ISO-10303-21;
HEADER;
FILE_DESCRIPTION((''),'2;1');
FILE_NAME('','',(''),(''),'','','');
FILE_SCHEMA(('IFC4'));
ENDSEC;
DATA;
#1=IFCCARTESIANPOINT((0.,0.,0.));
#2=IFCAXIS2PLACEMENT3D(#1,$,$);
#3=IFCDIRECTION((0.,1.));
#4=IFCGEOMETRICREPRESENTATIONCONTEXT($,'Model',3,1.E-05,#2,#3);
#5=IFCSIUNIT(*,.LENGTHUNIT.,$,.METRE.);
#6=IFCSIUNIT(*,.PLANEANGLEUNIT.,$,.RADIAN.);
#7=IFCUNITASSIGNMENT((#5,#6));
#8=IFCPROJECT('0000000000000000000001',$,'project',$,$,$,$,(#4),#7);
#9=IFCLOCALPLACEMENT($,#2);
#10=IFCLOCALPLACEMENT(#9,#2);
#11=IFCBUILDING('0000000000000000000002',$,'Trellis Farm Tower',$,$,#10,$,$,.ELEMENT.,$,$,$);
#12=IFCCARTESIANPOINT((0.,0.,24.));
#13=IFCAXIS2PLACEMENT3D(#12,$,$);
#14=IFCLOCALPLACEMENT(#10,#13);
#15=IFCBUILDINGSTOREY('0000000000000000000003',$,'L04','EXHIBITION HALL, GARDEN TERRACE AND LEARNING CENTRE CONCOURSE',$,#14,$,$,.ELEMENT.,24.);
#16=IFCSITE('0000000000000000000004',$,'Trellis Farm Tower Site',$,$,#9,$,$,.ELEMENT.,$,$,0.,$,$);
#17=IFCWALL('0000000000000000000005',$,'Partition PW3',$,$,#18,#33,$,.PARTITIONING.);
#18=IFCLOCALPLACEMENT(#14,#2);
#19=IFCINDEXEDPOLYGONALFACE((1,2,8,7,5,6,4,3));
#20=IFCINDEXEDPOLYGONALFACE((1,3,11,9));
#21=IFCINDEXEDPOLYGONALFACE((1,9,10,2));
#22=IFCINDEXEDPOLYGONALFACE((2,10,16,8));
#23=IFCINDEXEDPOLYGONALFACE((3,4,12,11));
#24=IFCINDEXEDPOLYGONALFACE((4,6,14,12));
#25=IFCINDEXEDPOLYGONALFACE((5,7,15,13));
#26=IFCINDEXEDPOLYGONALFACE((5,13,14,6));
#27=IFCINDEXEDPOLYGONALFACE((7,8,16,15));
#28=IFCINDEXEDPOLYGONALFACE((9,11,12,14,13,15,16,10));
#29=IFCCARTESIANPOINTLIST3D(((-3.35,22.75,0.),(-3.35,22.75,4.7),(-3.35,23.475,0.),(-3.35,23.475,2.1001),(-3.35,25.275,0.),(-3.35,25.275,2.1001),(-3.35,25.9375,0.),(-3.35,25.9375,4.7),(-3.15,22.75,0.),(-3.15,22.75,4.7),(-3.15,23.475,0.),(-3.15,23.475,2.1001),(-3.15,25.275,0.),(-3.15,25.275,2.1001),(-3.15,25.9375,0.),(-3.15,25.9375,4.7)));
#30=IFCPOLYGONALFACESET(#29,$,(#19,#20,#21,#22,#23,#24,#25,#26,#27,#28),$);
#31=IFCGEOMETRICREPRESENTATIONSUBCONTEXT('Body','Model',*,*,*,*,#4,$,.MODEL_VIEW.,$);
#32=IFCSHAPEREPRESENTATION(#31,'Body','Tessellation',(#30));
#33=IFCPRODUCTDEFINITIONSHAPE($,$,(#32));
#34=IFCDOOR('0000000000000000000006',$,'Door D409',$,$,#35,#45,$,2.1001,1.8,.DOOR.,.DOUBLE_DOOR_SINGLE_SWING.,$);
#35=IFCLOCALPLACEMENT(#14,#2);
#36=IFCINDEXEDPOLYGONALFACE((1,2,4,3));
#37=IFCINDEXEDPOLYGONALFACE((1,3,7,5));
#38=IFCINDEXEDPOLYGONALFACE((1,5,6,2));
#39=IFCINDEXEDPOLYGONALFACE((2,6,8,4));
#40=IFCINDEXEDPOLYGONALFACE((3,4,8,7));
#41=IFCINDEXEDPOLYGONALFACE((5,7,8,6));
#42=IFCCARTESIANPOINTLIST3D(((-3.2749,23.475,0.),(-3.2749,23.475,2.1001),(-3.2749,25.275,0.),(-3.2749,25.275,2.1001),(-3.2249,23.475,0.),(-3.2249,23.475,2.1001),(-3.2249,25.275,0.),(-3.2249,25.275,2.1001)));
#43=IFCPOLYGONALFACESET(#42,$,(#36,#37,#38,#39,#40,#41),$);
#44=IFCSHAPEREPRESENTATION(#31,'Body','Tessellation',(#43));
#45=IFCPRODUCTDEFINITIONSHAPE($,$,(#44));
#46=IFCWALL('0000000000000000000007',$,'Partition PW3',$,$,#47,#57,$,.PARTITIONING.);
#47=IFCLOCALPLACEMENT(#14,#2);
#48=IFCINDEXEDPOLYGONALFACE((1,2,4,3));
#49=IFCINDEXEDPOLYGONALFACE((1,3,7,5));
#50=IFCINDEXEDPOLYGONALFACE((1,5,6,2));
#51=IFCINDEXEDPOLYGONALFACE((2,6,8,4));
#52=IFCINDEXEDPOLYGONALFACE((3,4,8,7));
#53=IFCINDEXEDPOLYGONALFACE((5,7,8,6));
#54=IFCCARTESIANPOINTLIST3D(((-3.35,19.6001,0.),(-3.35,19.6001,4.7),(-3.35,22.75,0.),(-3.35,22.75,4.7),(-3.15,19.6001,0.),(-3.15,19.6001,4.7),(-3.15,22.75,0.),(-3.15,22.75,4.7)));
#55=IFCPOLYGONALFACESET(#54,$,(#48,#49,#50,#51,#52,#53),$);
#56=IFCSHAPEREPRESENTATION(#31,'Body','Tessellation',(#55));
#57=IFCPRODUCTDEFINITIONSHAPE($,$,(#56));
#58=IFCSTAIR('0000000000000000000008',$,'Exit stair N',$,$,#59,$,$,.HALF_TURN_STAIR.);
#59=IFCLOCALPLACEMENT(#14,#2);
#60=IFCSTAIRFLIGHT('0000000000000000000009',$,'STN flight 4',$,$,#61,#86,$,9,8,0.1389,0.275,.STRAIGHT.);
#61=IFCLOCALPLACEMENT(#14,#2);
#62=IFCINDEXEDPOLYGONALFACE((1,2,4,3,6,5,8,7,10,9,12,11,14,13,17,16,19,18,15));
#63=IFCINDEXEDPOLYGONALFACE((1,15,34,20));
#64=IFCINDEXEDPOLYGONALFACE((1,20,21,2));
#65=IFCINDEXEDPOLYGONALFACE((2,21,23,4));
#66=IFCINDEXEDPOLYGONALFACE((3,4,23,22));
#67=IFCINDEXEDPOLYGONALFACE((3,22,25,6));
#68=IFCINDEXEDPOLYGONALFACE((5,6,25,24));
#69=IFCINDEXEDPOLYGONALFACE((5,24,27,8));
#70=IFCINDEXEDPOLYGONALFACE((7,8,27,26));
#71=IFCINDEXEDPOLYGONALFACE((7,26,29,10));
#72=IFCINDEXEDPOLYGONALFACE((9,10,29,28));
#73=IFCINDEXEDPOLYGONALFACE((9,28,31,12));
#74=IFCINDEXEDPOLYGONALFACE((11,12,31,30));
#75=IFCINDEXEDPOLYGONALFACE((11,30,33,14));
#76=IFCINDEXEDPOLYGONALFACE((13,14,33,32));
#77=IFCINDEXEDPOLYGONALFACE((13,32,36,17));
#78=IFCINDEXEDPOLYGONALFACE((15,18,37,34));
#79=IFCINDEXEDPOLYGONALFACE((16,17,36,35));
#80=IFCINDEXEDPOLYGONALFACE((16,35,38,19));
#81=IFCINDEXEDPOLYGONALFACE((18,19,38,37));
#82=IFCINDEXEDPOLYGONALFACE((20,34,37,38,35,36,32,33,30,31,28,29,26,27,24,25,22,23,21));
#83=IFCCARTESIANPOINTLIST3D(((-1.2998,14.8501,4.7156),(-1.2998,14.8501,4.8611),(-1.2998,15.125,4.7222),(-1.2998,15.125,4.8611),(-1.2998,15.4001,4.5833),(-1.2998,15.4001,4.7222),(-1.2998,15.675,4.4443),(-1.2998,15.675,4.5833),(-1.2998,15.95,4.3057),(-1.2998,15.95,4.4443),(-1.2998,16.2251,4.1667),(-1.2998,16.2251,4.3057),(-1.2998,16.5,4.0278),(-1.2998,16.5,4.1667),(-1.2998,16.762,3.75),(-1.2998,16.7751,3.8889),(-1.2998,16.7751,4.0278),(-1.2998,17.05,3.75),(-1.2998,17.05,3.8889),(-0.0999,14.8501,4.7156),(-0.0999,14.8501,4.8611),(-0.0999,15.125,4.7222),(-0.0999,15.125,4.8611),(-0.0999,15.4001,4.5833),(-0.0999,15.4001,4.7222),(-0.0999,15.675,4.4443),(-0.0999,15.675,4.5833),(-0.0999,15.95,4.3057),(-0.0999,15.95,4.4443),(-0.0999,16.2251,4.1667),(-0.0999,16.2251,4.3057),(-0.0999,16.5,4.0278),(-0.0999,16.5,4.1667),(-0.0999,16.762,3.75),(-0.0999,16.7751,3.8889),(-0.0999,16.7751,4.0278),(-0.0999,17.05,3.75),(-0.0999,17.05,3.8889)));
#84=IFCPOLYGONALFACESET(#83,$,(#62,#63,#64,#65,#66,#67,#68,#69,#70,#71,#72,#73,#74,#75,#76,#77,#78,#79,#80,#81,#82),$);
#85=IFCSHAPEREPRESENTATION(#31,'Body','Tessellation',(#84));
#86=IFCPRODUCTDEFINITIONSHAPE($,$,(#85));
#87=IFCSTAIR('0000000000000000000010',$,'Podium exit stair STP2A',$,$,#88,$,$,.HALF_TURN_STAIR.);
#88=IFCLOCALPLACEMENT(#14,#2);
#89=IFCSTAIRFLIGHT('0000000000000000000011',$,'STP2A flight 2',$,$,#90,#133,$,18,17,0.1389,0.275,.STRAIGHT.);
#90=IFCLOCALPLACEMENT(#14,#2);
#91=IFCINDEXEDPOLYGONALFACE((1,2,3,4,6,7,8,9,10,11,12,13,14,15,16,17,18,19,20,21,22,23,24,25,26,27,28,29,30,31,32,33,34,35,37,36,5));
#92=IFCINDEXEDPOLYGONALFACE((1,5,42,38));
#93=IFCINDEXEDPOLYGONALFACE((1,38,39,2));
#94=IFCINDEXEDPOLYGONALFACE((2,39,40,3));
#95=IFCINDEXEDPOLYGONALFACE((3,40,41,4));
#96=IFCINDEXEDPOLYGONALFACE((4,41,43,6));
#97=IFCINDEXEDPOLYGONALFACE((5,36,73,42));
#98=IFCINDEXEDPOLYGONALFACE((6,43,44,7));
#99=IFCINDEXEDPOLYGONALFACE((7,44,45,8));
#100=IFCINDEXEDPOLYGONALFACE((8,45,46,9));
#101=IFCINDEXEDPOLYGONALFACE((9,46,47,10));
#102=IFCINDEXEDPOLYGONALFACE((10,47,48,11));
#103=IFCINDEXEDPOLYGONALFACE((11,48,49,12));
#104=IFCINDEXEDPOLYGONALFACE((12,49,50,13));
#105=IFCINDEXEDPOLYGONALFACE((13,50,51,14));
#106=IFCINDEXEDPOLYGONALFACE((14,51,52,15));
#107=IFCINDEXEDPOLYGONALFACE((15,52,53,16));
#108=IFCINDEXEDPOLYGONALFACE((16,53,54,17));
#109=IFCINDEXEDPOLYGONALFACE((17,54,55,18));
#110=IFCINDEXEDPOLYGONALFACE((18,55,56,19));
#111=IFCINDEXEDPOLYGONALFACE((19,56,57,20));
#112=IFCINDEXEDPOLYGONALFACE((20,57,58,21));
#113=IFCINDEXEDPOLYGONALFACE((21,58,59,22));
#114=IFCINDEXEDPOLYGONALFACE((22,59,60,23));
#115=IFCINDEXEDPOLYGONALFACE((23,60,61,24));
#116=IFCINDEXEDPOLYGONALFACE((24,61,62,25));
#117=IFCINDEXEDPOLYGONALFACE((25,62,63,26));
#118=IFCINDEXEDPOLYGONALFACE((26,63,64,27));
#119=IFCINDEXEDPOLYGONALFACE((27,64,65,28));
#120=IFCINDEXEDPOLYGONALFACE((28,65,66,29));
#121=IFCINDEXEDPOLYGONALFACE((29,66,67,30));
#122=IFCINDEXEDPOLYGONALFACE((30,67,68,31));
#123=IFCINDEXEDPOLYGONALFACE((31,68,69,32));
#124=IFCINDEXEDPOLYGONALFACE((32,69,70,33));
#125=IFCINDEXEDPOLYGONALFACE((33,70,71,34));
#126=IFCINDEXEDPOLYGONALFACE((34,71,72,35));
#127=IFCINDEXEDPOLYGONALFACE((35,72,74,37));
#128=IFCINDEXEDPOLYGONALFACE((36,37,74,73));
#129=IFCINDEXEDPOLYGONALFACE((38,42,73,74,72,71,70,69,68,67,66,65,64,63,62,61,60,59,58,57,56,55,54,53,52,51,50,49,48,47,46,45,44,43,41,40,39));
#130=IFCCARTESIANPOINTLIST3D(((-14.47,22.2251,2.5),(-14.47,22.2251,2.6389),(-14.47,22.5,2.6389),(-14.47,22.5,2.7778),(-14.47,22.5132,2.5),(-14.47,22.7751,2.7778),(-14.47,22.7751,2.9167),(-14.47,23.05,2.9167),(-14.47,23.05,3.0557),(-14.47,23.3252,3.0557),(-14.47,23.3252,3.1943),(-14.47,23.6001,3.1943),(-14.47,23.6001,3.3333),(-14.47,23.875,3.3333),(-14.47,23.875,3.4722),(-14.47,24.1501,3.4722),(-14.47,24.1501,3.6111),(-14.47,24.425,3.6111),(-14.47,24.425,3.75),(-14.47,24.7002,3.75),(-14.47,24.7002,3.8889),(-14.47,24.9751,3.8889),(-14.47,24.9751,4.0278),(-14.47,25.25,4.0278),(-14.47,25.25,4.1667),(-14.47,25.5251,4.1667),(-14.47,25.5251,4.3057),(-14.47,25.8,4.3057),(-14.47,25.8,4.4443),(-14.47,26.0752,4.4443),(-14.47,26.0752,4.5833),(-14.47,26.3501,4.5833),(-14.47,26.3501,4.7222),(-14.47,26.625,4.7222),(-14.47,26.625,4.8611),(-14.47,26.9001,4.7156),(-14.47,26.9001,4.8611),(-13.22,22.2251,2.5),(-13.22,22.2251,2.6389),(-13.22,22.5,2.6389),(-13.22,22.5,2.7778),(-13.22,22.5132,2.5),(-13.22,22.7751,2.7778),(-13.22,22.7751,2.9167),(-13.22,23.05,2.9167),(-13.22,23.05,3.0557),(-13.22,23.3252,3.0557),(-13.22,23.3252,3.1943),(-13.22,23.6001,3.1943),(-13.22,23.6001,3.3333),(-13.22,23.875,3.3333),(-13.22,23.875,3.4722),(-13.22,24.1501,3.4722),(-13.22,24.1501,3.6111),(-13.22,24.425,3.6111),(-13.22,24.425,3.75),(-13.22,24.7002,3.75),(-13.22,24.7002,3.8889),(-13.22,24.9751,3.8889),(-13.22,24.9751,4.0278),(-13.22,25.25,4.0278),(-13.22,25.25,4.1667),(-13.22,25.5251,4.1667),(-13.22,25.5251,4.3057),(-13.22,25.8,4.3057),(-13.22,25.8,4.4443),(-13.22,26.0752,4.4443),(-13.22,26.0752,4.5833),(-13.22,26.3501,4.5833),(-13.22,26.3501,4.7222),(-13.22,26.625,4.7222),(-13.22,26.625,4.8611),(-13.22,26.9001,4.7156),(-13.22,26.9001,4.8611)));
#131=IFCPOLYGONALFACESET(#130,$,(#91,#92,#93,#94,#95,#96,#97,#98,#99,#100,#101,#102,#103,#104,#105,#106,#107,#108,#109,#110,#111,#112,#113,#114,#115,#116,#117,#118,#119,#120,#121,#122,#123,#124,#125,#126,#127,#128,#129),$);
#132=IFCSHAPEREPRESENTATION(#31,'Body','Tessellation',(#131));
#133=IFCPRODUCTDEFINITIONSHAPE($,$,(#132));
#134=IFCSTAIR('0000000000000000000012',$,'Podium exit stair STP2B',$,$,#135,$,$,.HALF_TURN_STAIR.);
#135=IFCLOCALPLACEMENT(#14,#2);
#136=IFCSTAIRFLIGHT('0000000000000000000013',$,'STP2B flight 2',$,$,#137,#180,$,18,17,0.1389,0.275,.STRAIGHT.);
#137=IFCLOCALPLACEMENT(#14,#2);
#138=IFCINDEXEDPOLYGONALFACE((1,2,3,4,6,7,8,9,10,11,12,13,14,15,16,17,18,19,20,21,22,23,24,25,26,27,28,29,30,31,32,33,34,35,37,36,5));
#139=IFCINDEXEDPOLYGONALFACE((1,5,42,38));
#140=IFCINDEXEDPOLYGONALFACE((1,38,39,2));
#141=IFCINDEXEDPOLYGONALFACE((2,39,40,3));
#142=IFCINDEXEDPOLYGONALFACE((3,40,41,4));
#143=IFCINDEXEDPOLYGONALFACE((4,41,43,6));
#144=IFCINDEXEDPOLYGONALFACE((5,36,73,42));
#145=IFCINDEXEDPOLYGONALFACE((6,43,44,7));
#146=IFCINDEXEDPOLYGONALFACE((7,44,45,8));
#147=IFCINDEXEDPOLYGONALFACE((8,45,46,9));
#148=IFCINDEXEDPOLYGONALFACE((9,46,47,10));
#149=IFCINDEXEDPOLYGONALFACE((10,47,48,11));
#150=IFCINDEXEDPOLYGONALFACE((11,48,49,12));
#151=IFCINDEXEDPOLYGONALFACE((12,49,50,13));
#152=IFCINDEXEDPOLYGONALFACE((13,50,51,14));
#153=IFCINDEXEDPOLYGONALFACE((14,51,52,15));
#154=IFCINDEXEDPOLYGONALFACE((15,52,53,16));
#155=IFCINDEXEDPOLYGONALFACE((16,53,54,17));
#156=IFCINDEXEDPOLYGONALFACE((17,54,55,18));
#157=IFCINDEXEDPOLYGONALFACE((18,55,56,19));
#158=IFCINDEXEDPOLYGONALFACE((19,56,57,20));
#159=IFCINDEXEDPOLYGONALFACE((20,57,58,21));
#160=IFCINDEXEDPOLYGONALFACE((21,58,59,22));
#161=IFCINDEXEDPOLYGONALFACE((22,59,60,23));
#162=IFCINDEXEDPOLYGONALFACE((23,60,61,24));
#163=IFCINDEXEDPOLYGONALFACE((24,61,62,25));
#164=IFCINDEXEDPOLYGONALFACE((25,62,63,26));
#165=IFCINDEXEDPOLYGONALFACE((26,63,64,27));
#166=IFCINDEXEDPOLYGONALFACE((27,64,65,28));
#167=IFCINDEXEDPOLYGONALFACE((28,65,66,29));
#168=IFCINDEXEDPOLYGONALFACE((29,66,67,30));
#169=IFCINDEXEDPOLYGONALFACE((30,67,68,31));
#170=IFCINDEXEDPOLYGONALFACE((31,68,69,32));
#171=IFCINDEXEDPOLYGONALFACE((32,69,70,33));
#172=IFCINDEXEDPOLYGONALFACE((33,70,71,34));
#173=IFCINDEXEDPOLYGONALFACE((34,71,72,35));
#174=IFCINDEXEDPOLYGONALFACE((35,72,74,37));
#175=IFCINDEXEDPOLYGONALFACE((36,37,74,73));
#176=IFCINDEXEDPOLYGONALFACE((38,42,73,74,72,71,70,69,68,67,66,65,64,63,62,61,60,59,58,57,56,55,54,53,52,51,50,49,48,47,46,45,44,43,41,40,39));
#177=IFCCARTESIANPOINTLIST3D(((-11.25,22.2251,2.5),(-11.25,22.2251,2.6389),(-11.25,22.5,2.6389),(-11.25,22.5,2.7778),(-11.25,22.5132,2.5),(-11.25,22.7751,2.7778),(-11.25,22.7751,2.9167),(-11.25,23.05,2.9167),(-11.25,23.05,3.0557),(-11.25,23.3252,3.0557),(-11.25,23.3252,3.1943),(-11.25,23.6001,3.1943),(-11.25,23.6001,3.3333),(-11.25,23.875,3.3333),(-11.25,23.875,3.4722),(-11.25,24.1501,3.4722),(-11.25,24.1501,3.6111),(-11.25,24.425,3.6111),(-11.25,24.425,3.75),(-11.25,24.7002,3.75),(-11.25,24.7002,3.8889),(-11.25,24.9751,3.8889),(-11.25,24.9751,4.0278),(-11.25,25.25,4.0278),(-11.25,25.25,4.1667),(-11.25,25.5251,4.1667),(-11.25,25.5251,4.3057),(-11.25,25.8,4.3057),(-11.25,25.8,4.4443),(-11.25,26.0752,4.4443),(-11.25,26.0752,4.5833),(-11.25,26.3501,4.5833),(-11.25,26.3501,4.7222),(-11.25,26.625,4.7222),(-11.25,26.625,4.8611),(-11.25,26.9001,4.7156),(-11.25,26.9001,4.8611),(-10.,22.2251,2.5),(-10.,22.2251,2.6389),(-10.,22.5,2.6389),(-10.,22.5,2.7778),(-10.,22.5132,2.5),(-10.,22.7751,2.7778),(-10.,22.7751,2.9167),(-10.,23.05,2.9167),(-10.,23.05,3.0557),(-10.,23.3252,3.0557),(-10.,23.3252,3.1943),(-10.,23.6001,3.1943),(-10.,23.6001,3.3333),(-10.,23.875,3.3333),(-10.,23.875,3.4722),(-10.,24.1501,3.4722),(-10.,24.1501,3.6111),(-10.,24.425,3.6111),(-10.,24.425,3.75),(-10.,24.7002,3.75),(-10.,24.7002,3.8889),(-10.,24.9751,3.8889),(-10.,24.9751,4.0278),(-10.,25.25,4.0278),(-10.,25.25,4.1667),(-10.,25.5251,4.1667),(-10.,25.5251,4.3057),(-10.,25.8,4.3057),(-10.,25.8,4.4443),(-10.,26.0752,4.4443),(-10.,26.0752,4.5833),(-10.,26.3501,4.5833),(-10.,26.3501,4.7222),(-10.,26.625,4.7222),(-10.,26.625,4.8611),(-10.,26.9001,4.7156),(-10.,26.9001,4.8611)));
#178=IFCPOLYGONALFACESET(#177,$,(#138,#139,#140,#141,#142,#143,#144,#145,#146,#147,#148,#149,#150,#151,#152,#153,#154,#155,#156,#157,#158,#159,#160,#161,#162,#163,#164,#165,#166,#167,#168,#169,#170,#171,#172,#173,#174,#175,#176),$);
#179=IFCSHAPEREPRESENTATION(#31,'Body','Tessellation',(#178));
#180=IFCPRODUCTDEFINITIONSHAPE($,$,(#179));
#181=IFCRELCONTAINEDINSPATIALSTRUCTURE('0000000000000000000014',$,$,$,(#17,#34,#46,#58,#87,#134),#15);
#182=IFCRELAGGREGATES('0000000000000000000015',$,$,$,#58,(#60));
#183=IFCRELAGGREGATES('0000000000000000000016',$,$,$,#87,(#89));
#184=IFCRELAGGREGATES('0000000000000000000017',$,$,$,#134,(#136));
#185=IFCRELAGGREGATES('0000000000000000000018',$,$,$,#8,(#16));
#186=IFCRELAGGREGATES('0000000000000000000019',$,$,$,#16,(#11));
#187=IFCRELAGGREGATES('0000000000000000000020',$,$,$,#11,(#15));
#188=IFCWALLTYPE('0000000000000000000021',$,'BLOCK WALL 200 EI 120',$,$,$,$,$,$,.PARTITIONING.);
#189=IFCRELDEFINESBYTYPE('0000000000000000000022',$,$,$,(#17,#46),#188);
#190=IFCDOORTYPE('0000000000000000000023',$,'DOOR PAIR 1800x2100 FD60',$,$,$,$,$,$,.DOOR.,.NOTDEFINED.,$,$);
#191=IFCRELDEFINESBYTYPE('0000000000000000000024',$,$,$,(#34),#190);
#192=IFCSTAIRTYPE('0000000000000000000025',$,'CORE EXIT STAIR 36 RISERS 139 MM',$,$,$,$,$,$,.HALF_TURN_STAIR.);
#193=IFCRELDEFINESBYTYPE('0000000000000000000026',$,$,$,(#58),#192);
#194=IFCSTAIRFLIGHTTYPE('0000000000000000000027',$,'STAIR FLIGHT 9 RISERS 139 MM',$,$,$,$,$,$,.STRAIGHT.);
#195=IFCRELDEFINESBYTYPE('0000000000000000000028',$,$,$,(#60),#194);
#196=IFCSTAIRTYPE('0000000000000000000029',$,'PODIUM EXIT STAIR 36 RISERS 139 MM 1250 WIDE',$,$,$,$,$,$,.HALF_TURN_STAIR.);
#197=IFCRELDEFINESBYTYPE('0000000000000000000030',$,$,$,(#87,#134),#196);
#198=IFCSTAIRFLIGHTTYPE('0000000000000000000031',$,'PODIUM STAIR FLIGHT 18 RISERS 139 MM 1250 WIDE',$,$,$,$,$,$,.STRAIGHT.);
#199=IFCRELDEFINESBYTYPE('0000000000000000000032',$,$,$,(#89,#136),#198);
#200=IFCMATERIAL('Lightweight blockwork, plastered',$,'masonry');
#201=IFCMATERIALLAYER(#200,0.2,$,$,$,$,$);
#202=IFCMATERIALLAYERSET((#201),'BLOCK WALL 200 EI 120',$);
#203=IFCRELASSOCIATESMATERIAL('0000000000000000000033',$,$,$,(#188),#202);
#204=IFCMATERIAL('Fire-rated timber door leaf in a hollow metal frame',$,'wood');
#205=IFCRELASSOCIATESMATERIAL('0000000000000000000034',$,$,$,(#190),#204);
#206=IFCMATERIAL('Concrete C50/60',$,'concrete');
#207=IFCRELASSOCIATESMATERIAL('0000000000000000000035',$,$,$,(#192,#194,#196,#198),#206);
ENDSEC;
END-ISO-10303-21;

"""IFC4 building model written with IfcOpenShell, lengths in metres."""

from ifc_helpers import new_model, si_unit, direction, frame, frame_2d, origin, place, context, subcontext, project, spatial, polyline, rectangle, outline, extrude, source, transform, mapped, material, layer, layer_set, type_object, element, fill, aggregate, save


model = new_model("IFC4")

# Units and contexts
model_context = context("Model", 3, precision=1e-05, world=origin(), true_north=direction((0.0, 1.0)))
body_context = subcontext(model_context, "Body", "Model", "MODEL_VIEW")
ifc_project = project(units=[si_unit("LENGTHUNIT", "METRE"), si_unit("PLANEANGLEUNIT", "RADIAN")], contexts=[model_context])

# Site, building, storey
site_placement = place(None, origin())
site = spatial("IfcSite", under=ifc_project, at=site_placement, Name="Trellis Farm Tower Site", CompositionType="ELEMENT", RefElevation=0.0)
building_placement = place(site_placement, origin())
building = spatial("IfcBuilding", under=site, at=building_placement, Name="Trellis Farm Tower", CompositionType="ELEMENT")
storey_placement = place(building_placement, frame((0.0, 0.0, 24.0)))
storey = spatial("IfcBuildingStorey", under=building, at=storey_placement, Name="L04", Description="EXHIBITION HALL, GARDEN TERRACE AND LEARNING CENTRE CONCOURSE", CompositionType="ELEMENT", Elevation=24.0)

# Shared definitions
ifc_material_1 = material(Name="Lightweight blockwork, plastered", Category="masonry")
ifc_layer_1 = layer(ifc_material_1, 0.2)
ifc_layer_set_1 = layer_set([ifc_layer_1], Name="BLOCK WALL 200 EI 120")
wall_type_1 = type_object("IfcWallType", Name="BLOCK WALL 200 EI 120", PredefinedType="PARTITIONING", material=ifc_layer_set_1)

# Wall, opening, door
shared_shape_1 = source(origin(), body_context, "Body", "SweptSolid", [
    extrude(rectangle(XDim=3.1875, YDim=0.2, at=frame_2d((1.5938, 0.0))), origin(), (0.0, 0.0, 1.0), 4.7),
])
wall_1_placement = place(storey_placement, frame((-3.25, 22.75, 0.0), z_axis=(0.0, 0.0, 1.0), x_axis=(0.0, 1.0, 0.0)))
wall_1 = element("IfcWall", 1, at=wall_1_placement, inside=storey, type_object=wall_type_1, Name="Partition PW3", PredefinedType="PARTITIONING", context=body_context, shape_type="MappedRepresentation", body=[
    mapped(shared_shape_1, transform((0.0, 0.0, 0.0))),
])
shared_shape_2 = source(origin(), body_context, "Body", "SweptSolid", [
    extrude(rectangle(XDim=1.8, YDim=2.1001, at=frame_2d((0.8999, 1.05))), frame((0.0, 0.1101, 0.0), z_axis=(0.0, -1.0, 0.0), x_axis=(1.0, 0.0, 0.0)), (0.0, 0.0, 1.0), 0.2202),
])
opening_placement = place(wall_1_placement, frame((0.7251, 0.0, 0.0)))
opening = element("IfcOpeningElement", 2, at=opening_placement, cuts=wall_1, PredefinedType="OPENING", context=body_context, shape_type="MappedRepresentation", body=[
    mapped(shared_shape_2, transform((0.0, 0.0, 0.0))),
])
ifc_material_2 = material(Name="Fire-rated timber door leaf in a hollow metal frame", Category="wood")
door_type = type_object("IfcDoorType", Name="DOOR PAIR 1800x2100 FD60", OperationType="NOTDEFINED", PredefinedType="DOOR", material=ifc_material_2)
shared_shape_3 = source(origin(), body_context, "Body", "SweptSolid", [
    extrude(rectangle(XDim=1.8, YDim=2.1001, at=frame_2d((0.8999, 1.05))), frame((0.0, 0.0249, 0.0), z_axis=(0.0, -1.0, 0.0), x_axis=(1.0, 0.0, 0.0)), (0.0, 0.0, 1.0), 0.05),
])
door_placement = place(opening_placement, origin())
door = element("IfcDoor", 3, at=door_placement, inside=storey, type_object=door_type, Name="Door D409", OperationType="DOUBLE_DOOR_SINGLE_SWING", OverallHeight=2.1001, OverallWidth=1.8, PredefinedType="DOOR", context=body_context, shape_type="MappedRepresentation", body=[
    mapped(shared_shape_3, transform((0.0, 0.0, 0.0))),
])
fill(opening, door)

# Wall
shared_shape_4 = source(origin(), body_context, "Body", "SweptSolid", [
    extrude(rectangle(XDim=3.1499, YDim=0.2, at=frame_2d((1.575, 0.0))), origin(), (0.0, 0.0, 1.0), 4.7),
])
wall_2_placement = place(storey_placement, frame((-3.25, 19.6001, 0.0), z_axis=(0.0, 0.0, 1.0), x_axis=(0.0, 1.0, 0.0)))
element("IfcWall", 4, at=wall_2_placement, inside=storey, type_object=wall_type_1, Name="Partition PW3", PredefinedType="PARTITIONING", context=body_context, shape_type="MappedRepresentation", body=[
    mapped(shared_shape_4, transform((0.0, 0.0, 0.0))),
])

# Stairs, stair flights
ifc_material_3 = material(Name="Concrete C50/60", Category="concrete")
stair_type_1 = type_object("IfcStairType", Name="CORE EXIT STAIR 36 RISERS 139 MM", PredefinedType="HALF_TURN_STAIR", material=ifc_material_3)
placement = place(storey_placement, origin())
stair_1 = element("IfcStair", 5, at=placement, inside=storey, type_object=stair_type_1, Name="Exit stair N", PredefinedType="HALF_TURN_STAIR")
stair_flight_type_1 = type_object("IfcStairFlightType", Name="STAIR FLIGHT 9 RISERS 139 MM", PredefinedType="STRAIGHT", material=ifc_material_3)
shared_shape_5 = source(origin(), body_context, "Body", "SweptSolid", [
    extrude(outline(polyline([(0.0, 0.0), (0.0, 0.1389), (0.2749, 0.1389), (0.2749, 0.2778), (0.55, 0.2778), (0.55, 0.4167), (0.825, 0.4167), (0.825, 0.5557), (1.1001, 0.5557), (1.1001, 0.6943), (1.375, 0.6943), (1.375, 0.8333), (1.6499, 0.8333), (1.6499, 0.9722), (1.925, 0.9722), (1.925, 1.1111), (2.2, 1.1111), (2.2, 1.25), (2.2, 0.9656), (0.2881, 0.0), (0.0, 0.0)])), frame((0.0, 0.6001, 0.0), z_axis=(0.0, -1.0, 0.0), x_axis=(1.0, 0.0, 0.0)), (0.0, 0.0, 1.0), 1.2),
])
stair_flight_1_placement = place(storey_placement, frame((-0.7, 17.05, 3.75), z_axis=(0.0, 0.0, 1.0), x_axis=(0.0, -1.0, 0.0)))
stair_flight_1 = element("IfcStairFlight", 6, at=stair_flight_1_placement, type_object=stair_flight_type_1, Name="STN flight 4", NumberOfRisers=9, NumberOfTreads=8, PredefinedType="STRAIGHT", RiserHeight=0.1389, TreadLength=0.275, context=body_context, shape_type="MappedRepresentation", body=[
    mapped(shared_shape_5, transform((0.0, 0.0, 0.0))),
])
aggregate(stair_1, [stair_flight_1])
stair_type_2 = type_object("IfcStairType", Name="PODIUM EXIT STAIR 36 RISERS 139 MM 1250 WIDE", PredefinedType="HALF_TURN_STAIR", material=ifc_material_3)
stair_2 = element("IfcStair", 7, at=placement, inside=storey, type_object=stair_type_2, Name="Podium exit stair STP2A", PredefinedType="HALF_TURN_STAIR")
stair_flight_type_2 = type_object("IfcStairFlightType", Name="PODIUM STAIR FLIGHT 18 RISERS 139 MM 1250 WIDE", PredefinedType="STRAIGHT", material=ifc_material_3)
shared_shape_6 = source(origin(), body_context, "Body", "SweptSolid", [
    extrude(outline(polyline([(0.0, 0.0), (0.0, 0.1389), (0.2749, 0.1389), (0.2749, 0.2778), (0.55, 0.2778), (0.55, 0.4167), (0.825, 0.4167), (0.825, 0.5557), (1.1001, 0.5557), (1.1001, 0.6943), (1.375, 0.6943), (1.375, 0.8333), (1.6499, 0.8333), (1.6499, 0.9722), (1.925, 0.9722), (1.925, 1.1111), (2.2, 1.1111), (2.2, 1.25), (2.4751, 1.25), (2.4751, 1.3889), (2.75, 1.3889), (2.75, 1.5278), (3.0249, 1.5278), (3.0249, 1.6667), (3.3, 1.6667), (3.3, 1.8057), (3.575, 1.8057), (3.575, 1.9443), (3.8501, 1.9443), (3.8501, 2.0833), (4.125, 2.0833), (4.125, 2.2222), (4.3999, 2.2222), (4.3999, 2.3611), (4.675, 2.3611), (4.675, 2.5), (4.675, 2.2156), (0.2881, 0.0), (0.0, 0.0)])), frame((0.0, 0.625, 0.0), z_axis=(0.0, -1.0, 0.0), x_axis=(1.0, 0.0, 0.0)), (0.0, 0.0, 1.0), 1.25),
])
stair_flight_2_placement = place(storey_placement, frame((-13.845, 22.2251, 2.5), z_axis=(0.0, 0.0, 1.0), x_axis=(0.0, 1.0, 0.0)))
stair_flight_2 = element("IfcStairFlight", 8, at=stair_flight_2_placement, type_object=stair_flight_type_2, Name="STP2A flight 2", NumberOfRisers=18, NumberOfTreads=17, PredefinedType="STRAIGHT", RiserHeight=0.1389, TreadLength=0.275, context=body_context, shape_type="MappedRepresentation", body=[
    mapped(shared_shape_6, transform((0.0, 0.0, 0.0))),
])
aggregate(stair_2, [stair_flight_2])
stair_3 = element("IfcStair", 9, at=placement, inside=storey, type_object=stair_type_2, Name="Podium exit stair STP2B", PredefinedType="HALF_TURN_STAIR")
stair_flight_3_placement = place(storey_placement, frame((-10.625, 22.2251, 2.5), z_axis=(0.0, 0.0, 1.0), x_axis=(0.0, 1.0, 0.0)))
stair_flight_3 = element("IfcStairFlight", 10, at=stair_flight_3_placement, type_object=stair_flight_type_2, Name="STP2B flight 2", NumberOfRisers=18, NumberOfTreads=17, PredefinedType="STRAIGHT", RiserHeight=0.1389, TreadLength=0.275, context=body_context, shape_type="MappedRepresentation", body=[
    mapped(shared_shape_6, transform((0.0, 0.0, 0.0))),
])
aggregate(stair_3, [stair_flight_3])

save(model, "model.ifc")
